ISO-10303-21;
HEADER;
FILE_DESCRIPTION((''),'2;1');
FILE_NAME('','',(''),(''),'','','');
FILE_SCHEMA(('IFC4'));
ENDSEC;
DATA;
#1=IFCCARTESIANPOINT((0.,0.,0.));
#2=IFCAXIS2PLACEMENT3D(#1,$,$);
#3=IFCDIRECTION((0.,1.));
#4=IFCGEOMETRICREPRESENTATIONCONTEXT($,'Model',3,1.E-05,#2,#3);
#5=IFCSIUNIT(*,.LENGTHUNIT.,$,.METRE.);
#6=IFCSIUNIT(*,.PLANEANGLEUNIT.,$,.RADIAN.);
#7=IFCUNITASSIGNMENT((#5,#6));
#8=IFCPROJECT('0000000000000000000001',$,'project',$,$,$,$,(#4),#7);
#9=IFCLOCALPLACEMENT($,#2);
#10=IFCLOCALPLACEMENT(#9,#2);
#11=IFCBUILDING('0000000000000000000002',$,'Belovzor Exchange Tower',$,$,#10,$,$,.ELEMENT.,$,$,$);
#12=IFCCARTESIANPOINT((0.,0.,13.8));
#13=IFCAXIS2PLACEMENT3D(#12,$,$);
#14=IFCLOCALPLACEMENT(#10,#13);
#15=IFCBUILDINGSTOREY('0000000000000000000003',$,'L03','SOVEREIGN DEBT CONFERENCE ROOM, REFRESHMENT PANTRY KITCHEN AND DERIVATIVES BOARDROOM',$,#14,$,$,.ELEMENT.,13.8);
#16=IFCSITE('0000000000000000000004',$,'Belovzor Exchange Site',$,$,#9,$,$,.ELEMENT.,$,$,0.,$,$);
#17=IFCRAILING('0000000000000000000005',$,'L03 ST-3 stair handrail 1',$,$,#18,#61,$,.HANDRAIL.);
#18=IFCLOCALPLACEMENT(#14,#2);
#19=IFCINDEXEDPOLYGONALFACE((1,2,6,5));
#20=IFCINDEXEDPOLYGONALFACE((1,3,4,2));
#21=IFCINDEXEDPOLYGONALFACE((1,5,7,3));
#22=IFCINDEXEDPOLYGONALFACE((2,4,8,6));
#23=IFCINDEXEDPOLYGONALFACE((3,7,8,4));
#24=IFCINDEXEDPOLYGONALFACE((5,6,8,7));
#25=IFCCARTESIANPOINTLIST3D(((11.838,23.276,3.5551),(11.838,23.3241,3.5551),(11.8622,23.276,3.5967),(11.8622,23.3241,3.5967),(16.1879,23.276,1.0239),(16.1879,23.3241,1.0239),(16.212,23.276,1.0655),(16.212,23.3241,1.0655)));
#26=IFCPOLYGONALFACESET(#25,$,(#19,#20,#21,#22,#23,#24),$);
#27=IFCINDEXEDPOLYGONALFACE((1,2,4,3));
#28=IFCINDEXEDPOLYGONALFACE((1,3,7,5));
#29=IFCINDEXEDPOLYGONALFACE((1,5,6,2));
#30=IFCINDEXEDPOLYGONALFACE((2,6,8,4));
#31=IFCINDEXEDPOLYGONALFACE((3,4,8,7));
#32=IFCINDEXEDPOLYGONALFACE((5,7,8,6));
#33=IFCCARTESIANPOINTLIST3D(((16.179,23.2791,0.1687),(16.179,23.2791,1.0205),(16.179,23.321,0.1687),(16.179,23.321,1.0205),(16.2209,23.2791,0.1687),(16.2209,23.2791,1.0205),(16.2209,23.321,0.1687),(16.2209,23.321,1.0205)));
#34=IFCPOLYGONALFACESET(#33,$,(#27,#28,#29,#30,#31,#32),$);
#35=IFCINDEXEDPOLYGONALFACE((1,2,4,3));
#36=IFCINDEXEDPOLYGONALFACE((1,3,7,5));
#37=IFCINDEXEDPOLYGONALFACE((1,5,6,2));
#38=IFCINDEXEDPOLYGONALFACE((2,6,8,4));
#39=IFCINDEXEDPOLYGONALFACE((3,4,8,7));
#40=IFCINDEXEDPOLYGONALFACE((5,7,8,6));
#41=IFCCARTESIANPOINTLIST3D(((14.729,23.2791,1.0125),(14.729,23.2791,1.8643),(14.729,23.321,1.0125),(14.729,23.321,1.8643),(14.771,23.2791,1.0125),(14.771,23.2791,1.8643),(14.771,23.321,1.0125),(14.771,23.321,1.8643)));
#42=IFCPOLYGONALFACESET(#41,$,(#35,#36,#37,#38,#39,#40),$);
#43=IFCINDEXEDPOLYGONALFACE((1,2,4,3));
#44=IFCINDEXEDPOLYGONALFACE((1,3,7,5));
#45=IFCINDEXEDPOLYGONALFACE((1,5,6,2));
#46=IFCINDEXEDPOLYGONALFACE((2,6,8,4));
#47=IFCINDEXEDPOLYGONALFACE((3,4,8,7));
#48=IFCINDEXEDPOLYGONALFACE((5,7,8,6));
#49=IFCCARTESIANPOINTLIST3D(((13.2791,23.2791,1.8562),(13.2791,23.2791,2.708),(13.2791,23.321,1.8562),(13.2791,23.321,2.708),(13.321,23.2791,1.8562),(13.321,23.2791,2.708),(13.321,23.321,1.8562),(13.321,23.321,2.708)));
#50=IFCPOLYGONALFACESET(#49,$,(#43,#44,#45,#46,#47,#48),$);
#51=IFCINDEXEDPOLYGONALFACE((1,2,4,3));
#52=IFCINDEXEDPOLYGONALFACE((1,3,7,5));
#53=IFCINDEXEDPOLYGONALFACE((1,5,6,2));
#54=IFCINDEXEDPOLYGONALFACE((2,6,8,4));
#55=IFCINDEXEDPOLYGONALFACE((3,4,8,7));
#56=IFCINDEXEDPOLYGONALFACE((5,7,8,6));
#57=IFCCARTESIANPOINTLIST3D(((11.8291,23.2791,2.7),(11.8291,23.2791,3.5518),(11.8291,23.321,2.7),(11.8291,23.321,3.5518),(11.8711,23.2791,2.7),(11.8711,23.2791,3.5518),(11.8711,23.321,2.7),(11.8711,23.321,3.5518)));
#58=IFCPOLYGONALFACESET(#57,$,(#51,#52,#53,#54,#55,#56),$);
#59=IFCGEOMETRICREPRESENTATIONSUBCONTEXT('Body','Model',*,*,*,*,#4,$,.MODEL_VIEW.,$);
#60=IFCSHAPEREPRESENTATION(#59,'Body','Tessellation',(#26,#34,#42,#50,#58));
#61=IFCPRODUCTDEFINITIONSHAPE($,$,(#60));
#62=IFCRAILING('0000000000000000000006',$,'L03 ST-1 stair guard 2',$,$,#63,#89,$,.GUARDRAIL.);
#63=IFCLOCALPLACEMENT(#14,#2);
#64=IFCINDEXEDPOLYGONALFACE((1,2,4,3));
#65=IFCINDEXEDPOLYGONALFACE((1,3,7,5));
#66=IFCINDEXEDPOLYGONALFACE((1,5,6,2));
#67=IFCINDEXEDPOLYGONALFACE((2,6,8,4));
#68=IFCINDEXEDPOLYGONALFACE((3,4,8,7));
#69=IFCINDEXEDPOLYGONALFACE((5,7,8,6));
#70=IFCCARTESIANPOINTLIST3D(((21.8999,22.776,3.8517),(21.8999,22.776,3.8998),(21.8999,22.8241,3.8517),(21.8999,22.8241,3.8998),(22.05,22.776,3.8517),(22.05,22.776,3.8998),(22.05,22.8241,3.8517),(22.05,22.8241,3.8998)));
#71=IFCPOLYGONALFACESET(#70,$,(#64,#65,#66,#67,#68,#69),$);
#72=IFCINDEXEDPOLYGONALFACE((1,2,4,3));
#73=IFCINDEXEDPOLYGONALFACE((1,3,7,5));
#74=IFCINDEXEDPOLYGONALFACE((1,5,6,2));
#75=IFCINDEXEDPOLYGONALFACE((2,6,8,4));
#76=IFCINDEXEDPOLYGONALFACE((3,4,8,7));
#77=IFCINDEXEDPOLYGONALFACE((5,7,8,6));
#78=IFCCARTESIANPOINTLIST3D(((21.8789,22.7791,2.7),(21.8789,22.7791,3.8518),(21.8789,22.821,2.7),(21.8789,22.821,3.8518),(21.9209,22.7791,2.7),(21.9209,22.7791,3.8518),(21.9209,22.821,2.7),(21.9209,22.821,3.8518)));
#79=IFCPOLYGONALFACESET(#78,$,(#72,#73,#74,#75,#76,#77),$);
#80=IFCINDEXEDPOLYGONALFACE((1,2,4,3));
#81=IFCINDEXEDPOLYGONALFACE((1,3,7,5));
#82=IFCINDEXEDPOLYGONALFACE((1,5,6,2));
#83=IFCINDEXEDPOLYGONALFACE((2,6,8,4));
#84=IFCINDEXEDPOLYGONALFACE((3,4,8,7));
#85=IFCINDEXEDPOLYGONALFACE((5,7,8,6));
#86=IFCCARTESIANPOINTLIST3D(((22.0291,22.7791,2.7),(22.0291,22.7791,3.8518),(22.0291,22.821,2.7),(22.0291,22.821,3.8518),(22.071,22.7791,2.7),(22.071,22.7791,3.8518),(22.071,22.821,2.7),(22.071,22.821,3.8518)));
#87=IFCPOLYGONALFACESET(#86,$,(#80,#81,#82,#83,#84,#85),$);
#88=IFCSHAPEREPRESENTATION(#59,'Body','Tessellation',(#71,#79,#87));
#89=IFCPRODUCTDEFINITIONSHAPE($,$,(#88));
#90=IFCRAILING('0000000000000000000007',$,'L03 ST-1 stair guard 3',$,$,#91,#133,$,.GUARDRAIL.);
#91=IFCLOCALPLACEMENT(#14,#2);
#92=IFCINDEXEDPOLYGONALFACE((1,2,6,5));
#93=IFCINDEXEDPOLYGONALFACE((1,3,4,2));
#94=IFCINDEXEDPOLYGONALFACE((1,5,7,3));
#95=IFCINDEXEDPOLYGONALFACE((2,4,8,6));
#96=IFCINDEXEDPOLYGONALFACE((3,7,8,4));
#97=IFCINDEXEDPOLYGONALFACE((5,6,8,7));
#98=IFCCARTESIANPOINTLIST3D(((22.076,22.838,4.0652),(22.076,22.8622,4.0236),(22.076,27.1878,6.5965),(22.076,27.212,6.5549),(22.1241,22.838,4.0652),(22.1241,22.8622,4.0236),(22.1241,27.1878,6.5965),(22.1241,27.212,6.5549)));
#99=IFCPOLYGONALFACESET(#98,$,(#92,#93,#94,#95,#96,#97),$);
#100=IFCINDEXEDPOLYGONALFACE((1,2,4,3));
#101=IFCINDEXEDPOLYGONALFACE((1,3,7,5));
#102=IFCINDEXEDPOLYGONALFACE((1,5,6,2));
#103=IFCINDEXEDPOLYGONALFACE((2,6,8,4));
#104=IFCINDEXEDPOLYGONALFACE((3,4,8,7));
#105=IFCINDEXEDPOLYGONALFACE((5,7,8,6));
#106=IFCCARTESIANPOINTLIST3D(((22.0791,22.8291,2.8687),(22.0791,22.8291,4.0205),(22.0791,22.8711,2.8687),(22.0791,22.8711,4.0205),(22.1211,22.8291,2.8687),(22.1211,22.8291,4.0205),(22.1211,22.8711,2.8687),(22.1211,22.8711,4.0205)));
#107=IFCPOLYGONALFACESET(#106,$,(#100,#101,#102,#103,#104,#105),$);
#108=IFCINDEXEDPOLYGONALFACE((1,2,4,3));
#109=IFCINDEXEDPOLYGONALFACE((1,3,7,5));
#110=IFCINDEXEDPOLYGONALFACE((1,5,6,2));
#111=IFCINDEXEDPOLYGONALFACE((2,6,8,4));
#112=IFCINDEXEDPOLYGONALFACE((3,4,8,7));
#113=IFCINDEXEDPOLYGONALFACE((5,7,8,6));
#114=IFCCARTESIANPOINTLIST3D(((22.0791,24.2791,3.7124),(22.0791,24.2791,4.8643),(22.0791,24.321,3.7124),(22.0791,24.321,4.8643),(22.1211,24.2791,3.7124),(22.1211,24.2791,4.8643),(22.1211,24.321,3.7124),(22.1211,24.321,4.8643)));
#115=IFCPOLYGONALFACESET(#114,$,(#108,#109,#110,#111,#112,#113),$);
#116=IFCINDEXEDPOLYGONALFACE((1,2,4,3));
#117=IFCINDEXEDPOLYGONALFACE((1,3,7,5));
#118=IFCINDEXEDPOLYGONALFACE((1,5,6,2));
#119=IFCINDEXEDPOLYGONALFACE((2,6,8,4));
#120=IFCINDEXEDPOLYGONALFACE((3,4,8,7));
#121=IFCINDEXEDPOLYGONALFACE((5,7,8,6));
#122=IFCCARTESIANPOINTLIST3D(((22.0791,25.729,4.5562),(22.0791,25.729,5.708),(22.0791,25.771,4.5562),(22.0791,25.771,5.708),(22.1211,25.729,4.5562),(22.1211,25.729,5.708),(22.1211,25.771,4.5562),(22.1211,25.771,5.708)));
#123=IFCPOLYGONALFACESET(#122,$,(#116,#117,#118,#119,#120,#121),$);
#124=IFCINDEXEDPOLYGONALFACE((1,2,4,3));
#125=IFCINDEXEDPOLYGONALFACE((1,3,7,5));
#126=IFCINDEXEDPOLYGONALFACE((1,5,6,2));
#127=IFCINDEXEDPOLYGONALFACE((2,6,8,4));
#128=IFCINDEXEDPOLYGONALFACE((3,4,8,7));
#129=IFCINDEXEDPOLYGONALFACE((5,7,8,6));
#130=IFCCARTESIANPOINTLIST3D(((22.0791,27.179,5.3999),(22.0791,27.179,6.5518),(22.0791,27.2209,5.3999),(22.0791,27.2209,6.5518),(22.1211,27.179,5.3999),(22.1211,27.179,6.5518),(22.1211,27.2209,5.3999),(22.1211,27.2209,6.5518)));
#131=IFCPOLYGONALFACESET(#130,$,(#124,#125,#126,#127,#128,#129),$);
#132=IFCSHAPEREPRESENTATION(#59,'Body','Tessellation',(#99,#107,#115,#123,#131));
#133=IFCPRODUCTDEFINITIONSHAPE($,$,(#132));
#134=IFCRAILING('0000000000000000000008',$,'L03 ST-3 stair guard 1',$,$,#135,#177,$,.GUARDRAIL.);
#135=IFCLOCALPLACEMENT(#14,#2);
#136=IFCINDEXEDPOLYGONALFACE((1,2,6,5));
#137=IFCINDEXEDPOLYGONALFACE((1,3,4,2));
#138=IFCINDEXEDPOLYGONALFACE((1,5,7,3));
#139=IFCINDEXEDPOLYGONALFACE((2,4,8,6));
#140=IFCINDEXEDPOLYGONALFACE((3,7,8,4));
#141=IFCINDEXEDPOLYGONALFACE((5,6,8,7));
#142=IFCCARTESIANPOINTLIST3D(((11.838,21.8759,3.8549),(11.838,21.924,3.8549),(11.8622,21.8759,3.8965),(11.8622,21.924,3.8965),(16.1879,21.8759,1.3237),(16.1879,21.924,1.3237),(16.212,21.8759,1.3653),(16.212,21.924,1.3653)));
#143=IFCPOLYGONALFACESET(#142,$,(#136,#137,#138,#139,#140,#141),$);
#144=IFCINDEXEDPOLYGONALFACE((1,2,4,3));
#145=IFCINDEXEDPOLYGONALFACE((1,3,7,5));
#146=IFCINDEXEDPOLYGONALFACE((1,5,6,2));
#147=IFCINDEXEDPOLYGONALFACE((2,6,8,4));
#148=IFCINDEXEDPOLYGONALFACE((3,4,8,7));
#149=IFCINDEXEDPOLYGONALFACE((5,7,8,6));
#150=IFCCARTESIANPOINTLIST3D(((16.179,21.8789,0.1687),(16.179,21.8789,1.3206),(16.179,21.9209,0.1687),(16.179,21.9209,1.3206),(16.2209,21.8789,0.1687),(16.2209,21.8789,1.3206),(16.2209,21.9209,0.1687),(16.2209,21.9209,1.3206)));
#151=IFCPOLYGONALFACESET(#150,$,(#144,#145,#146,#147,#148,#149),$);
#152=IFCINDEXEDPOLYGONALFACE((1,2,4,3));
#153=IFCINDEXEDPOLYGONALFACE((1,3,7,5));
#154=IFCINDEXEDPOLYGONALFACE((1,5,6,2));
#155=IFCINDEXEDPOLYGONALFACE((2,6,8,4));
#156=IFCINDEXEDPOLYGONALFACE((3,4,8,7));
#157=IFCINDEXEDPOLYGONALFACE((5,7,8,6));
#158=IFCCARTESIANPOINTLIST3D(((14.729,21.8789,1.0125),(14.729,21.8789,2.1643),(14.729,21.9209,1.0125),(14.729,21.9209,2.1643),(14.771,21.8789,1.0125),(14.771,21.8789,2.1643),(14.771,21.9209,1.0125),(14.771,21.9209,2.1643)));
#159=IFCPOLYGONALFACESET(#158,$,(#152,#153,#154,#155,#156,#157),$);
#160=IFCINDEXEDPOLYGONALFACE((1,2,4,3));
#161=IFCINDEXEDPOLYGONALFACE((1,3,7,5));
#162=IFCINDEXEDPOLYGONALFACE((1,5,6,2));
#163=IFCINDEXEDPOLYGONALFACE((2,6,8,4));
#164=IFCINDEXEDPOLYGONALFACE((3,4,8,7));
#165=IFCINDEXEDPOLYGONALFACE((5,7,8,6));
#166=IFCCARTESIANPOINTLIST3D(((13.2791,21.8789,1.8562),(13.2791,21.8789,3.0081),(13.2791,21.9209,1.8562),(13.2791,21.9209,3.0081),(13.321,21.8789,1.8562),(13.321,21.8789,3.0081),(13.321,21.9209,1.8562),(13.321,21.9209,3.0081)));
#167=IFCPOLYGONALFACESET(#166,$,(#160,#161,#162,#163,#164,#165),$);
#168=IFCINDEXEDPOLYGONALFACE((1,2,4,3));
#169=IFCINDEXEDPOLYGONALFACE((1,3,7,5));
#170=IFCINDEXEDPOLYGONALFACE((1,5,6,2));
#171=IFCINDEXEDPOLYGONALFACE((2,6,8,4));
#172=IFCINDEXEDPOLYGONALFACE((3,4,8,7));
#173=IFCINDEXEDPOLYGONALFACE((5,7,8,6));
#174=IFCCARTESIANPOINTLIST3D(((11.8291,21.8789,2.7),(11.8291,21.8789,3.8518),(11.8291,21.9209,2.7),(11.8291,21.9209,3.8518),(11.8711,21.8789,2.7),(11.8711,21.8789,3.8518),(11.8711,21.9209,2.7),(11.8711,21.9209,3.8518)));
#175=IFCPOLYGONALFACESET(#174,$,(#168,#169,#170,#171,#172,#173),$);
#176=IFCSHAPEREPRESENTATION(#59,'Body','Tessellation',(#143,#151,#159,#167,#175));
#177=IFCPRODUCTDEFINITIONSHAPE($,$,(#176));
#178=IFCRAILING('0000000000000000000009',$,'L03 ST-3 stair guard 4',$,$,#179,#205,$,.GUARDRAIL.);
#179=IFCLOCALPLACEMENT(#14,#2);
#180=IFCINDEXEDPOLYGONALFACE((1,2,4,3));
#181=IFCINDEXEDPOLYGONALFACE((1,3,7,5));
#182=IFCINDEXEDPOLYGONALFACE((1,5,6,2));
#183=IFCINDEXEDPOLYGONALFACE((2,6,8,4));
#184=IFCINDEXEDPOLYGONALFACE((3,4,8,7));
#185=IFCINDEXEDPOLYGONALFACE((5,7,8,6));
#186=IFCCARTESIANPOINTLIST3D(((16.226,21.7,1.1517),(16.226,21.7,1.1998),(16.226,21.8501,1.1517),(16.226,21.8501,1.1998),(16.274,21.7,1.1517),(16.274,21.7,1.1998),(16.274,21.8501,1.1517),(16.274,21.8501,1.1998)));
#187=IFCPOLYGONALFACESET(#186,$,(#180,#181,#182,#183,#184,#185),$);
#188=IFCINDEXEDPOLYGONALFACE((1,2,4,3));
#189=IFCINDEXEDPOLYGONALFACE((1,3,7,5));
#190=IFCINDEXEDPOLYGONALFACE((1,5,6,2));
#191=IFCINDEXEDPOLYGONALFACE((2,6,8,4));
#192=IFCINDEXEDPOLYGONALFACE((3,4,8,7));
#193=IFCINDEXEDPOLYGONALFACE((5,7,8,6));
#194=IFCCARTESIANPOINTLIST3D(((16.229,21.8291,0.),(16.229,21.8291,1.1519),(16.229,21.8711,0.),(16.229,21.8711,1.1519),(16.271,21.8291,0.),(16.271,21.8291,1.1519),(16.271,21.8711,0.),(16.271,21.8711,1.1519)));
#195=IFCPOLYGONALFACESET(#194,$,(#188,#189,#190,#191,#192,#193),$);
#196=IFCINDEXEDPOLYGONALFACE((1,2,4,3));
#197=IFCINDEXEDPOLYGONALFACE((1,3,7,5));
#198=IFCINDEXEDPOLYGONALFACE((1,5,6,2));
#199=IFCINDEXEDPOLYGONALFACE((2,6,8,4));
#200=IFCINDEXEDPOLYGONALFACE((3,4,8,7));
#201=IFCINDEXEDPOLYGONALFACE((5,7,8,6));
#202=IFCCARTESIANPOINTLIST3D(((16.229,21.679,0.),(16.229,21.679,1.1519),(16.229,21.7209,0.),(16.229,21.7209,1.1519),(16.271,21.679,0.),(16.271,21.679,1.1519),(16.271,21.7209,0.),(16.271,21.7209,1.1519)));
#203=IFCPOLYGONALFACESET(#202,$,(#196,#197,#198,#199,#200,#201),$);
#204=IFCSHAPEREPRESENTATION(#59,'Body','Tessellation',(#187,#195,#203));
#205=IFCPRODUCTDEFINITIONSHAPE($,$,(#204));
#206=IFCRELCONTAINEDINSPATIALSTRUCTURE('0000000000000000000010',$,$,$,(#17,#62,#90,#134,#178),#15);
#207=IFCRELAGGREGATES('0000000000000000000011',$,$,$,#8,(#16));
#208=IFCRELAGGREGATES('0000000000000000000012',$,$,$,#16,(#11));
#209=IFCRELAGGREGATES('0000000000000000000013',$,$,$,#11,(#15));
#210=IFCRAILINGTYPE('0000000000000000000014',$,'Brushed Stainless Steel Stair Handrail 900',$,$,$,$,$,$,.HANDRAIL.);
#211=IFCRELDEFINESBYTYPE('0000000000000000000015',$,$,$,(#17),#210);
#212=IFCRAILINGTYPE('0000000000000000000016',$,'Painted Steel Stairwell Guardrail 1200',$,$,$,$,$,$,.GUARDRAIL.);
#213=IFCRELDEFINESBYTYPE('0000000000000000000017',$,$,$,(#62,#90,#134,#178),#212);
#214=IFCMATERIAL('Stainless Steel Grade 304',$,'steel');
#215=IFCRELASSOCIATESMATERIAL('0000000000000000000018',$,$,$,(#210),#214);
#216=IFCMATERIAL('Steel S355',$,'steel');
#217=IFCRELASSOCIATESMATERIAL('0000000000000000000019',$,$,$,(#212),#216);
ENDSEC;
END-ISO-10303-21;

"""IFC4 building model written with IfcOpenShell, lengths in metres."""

from ifc_helpers import new_model, si_unit, direction, frame, origin, origin_2d, place, context, subcontext, project, spatial, rectangle, extrude, material, type_object, element, save


model = new_model("IFC4")

# Units and contexts
model_context = context("Model", 3, precision=1e-05, world=origin(), true_north=direction((0.0, 1.0)))
body_context = subcontext(model_context, "Body", "Model", "MODEL_VIEW")
ifc_project = project(units=[si_unit("LENGTHUNIT", "METRE"), si_unit("PLANEANGLEUNIT", "RADIAN")], contexts=[model_context])

# Site, building, storey
site_placement = place(None, origin())
site = spatial("IfcSite", under=ifc_project, at=site_placement, Name="Belovzor Exchange Site", CompositionType="ELEMENT", RefElevation=0.0)
building_placement = place(site_placement, origin())
building = spatial("IfcBuilding", under=site, at=building_placement, Name="Belovzor Exchange Tower", CompositionType="ELEMENT")
storey_placement = place(building_placement, frame((0.0, 0.0, 13.8)))
storey = spatial("IfcBuildingStorey", under=building, at=storey_placement, Name="L03", Description="SOVEREIGN DEBT CONFERENCE ROOM, REFRESHMENT PANTRY KITCHEN AND DERIVATIVES BOARDROOM", CompositionType="ELEMENT", Elevation=13.8)

# Railings
ifc_material_1 = material(Name="Stainless Steel Grade 304", Category="steel")
railing_type_1 = type_object("IfcRailingType", Name="Brushed Stainless Steel Stair Handrail 900", PredefinedType="HANDRAIL", material=ifc_material_1)
railing_1_placement = place(storey_placement, frame((16.2, 23.3, 0.1687)))
element("IfcRailing", 1, at=railing_1_placement, inside=storey, type_object=railing_type_1, Name="L03 ST-3 stair handrail 1", PredefinedType="HANDRAIL", context=body_context, shape_type="SweptSolid", body=[
    extrude(rectangle(XDim=0.0481, YDim=0.0481, at=origin_2d()), frame((0.0, 0.0, 0.876), z_axis=(-0.864312, 0.0, 0.502957), x_axis=(0.0, -1.0, 0.0)), (0.0, 0.0, 1.0), 5.0327),
    extrude(rectangle(XDim=0.042, YDim=0.042, at=origin_2d()), origin(), (0.0, 0.0, 1.0), 0.8518),
    extrude(rectangle(XDim=0.042, YDim=0.042, at=origin_2d()), frame((-1.45, 0.0, 0.8438)), (0.0, 0.0, 1.0), 0.8518),
    extrude(rectangle(XDim=0.042, YDim=0.042, at=origin_2d()), frame((-2.8999, 0.0, 1.6875)), (0.0, 0.0, 1.0), 0.8518),
    extrude(rectangle(XDim=0.042, YDim=0.042, at=origin_2d()), frame((-4.3499, 0.0, 2.5312)), (0.0, 0.0, 1.0), 0.8518),
])
ifc_material_2 = material(Name="Steel S355", Category="steel")
railing_type_2 = type_object("IfcRailingType", Name="Painted Steel Stairwell Guardrail 1200", PredefinedType="GUARDRAIL", material=ifc_material_2)
railing_2_placement = place(storey_placement, frame((21.8999, 22.8, 2.7)))
element("IfcRailing", 2, at=railing_2_placement, inside=storey, type_object=railing_type_2, Name="L03 ST-1 stair guard 2", PredefinedType="GUARDRAIL", context=body_context, shape_type="SweptSolid", body=[
    extrude(rectangle(XDim=0.0481, YDim=0.0481, at=origin_2d()), frame((0.0, 0.0, 1.1758), z_axis=(1.0, 0.0, 0.0), x_axis=(0.0, 1.0, 0.0)), (0.0, 0.0, 1.0), 0.1501),
    extrude(rectangle(XDim=0.042, YDim=0.042, at=origin_2d()), origin(), (0.0, 0.0, 1.0), 1.1519),
    extrude(rectangle(XDim=0.042, YDim=0.042, at=origin_2d()), frame((0.1501, 0.0, 0.0)), (0.0, 0.0, 1.0), 1.1519),
])
railing_3_placement = place(storey_placement, frame((22.1001, 22.8501, 2.8687)))
element("IfcRailing", 3, at=railing_3_placement, inside=storey, type_object=railing_type_2, Name="L03 ST-1 stair guard 3", PredefinedType="GUARDRAIL", context=body_context, shape_type="SweptSolid", body=[
    extrude(rectangle(XDim=0.0481, YDim=0.0481, at=origin_2d()), frame((0.0, 0.0, 1.1758), z_axis=(0.0, 0.864312, 0.502957), x_axis=(-1.0, 0.0, 0.0)), (0.0, 0.0, 1.0), 5.0327),
    extrude(rectangle(XDim=0.042, YDim=0.042, at=origin_2d()), origin(), (0.0, 0.0, 1.0), 1.1519),
    extrude(rectangle(XDim=0.042, YDim=0.042, at=origin_2d()), frame((0.0, 1.45, 0.8438)), (0.0, 0.0, 1.0), 1.1519),
    extrude(rectangle(XDim=0.042, YDim=0.042, at=origin_2d()), frame((0.0, 2.8999, 1.6875)), (0.0, 0.0, 1.0), 1.1519),
    extrude(rectangle(XDim=0.042, YDim=0.042, at=origin_2d()), frame((0.0, 4.3499, 2.5312)), (0.0, 0.0, 1.0), 1.1519),
])
railing_4_placement = place(storey_placement, frame((16.2, 21.8999, 0.1687)))
element("IfcRailing", 4, at=railing_4_placement, inside=storey, type_object=railing_type_2, Name="L03 ST-3 stair guard 1", PredefinedType="GUARDRAIL", context=body_context, shape_type="SweptSolid", body=[
    extrude(rectangle(XDim=0.0481, YDim=0.0481, at=origin_2d()), frame((0.0, 0.0, 1.1758), z_axis=(-0.864312, 0.0, 0.502957), x_axis=(0.0, -1.0, 0.0)), (0.0, 0.0, 1.0), 5.0327),
    extrude(rectangle(XDim=0.042, YDim=0.042, at=origin_2d()), origin(), (0.0, 0.0, 1.0), 1.1519),
    extrude(rectangle(XDim=0.042, YDim=0.042, at=origin_2d()), frame((-1.45, 0.0, 0.8438)), (0.0, 0.0, 1.0), 1.1519),
    extrude(rectangle(XDim=0.042, YDim=0.042, at=origin_2d()), frame((-2.8999, 0.0, 1.6875)), (0.0, 0.0, 1.0), 1.1519),
    extrude(rectangle(XDim=0.042, YDim=0.042, at=origin_2d()), frame((-4.3499, 0.0, 2.5312)), (0.0, 0.0, 1.0), 1.1519),
])
railing_5_placement = place(storey_placement, frame((16.25, 21.8501, 0.0)))
element("IfcRailing", 5, at=railing_5_placement, inside=storey, type_object=railing_type_2, Name="L03 ST-3 stair guard 4", PredefinedType="GUARDRAIL", context=body_context, shape_type="SweptSolid", body=[
    extrude(rectangle(XDim=0.0481, YDim=0.0481, at=origin_2d()), frame((0.0, 0.0, 1.1758), z_axis=(0.0, -1.0, 0.0), x_axis=(1.0, 0.0, 0.0)), (0.0, 0.0, 1.0), 0.1501),
    extrude(rectangle(XDim=0.042, YDim=0.042, at=origin_2d()), origin(), (0.0, 0.0, 1.0), 1.1519),
    extrude(rectangle(XDim=0.042, YDim=0.042, at=origin_2d()), frame((0.0, -0.1501, 0.0)), (0.0, 0.0, 1.0), 1.1519),
])

save(model, "model.ifc")
